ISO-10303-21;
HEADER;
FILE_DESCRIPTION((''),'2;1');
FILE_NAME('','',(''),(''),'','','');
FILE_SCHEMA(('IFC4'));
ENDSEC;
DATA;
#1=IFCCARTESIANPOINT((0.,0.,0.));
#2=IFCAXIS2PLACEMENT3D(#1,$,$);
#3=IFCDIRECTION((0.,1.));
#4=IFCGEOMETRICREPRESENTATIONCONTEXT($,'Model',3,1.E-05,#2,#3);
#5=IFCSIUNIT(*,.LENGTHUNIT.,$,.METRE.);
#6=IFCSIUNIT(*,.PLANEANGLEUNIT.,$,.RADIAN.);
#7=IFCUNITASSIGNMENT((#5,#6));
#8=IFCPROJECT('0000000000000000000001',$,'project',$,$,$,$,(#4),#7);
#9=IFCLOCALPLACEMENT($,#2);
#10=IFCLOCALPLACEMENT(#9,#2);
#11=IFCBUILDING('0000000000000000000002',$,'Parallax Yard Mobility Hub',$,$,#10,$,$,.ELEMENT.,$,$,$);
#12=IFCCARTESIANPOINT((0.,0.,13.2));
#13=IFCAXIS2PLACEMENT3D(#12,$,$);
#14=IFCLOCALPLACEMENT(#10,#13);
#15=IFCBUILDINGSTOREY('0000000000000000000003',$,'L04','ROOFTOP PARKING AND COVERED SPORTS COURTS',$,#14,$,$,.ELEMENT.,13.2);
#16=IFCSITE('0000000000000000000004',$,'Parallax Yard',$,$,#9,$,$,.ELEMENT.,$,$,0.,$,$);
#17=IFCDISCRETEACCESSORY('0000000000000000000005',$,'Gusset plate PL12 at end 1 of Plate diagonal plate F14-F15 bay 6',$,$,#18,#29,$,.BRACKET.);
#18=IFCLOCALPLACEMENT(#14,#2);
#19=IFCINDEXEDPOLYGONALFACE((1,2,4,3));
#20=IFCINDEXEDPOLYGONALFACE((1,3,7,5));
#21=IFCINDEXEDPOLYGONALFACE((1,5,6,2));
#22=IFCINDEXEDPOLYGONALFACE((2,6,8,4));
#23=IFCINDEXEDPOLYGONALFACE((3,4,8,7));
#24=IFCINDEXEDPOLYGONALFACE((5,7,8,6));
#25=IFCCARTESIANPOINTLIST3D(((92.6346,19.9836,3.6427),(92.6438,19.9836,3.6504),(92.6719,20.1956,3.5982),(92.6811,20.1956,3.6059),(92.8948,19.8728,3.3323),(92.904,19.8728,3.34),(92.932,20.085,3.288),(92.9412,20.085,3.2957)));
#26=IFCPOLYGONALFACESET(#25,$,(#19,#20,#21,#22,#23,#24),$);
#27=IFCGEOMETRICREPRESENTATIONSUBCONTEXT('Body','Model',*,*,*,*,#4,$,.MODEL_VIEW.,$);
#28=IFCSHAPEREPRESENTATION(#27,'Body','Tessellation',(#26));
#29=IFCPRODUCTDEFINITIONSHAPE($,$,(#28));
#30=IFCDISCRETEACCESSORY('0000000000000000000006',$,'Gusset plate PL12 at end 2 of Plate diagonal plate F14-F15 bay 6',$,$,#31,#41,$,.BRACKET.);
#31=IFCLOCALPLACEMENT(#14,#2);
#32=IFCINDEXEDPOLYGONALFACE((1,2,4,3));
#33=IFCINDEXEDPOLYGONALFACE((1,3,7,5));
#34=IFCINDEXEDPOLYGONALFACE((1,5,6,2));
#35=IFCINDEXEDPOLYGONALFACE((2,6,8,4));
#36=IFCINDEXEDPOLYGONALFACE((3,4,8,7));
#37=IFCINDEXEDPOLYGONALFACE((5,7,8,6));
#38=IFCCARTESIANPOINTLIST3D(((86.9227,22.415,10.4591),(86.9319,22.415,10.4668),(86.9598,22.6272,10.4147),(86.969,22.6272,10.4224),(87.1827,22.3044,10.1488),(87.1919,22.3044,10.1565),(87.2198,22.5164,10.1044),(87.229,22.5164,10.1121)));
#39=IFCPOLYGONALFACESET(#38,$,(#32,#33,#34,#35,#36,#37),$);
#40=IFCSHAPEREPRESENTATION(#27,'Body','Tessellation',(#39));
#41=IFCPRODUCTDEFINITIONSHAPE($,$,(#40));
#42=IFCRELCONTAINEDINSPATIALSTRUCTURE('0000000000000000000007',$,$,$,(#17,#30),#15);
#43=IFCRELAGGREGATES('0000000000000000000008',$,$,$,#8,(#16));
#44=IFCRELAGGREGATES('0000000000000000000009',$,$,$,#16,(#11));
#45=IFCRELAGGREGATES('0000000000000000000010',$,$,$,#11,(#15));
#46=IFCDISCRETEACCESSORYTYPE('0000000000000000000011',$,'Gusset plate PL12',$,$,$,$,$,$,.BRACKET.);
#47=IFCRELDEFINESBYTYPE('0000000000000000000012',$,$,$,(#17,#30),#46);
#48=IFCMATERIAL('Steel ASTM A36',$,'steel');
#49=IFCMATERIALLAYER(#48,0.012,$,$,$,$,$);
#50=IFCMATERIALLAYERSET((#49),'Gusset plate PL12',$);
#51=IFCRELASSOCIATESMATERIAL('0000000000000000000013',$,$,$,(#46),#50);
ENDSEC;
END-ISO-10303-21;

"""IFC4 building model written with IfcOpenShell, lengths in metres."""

from ifc_helpers import new_model, si_unit, direction, frame, origin, place, context, subcontext, project, spatial, polyline, outline, extrude, material, layer, layer_set, type_object, element, save


model = new_model("IFC4")

# Units and contexts
model_context = context("Model", 3, precision=1e-05, world=origin(), true_north=direction((0.0, 1.0)))
body_context = subcontext(model_context, "Body", "Model", "MODEL_VIEW")
ifc_project = project(units=[si_unit("LENGTHUNIT", "METRE"), si_unit("PLANEANGLEUNIT", "RADIAN")], contexts=[model_context])

# Site, building, storey
site_placement = place(None, origin())
site = spatial("IfcSite", under=ifc_project, at=site_placement, Name="Parallax Yard", CompositionType="ELEMENT", RefElevation=0.0)
building_placement = place(site_placement, origin())
building = spatial("IfcBuilding", under=site, at=building_placement, Name="Parallax Yard Mobility Hub", CompositionType="ELEMENT")
storey_placement = place(building_placement, frame((0.0, 0.0, 13.2)))
storey = spatial("IfcBuildingStorey", under=building, at=storey_placement, Name="L04", Description="ROOFTOP PARKING AND COVERED SPORTS COURTS", CompositionType="ELEMENT", Elevation=13.2)

# Discrete accessories
ifc_material_1 = material(Name="Steel ASTM A36", Category="steel")
ifc_layer = layer(ifc_material_1, 0.012)
ifc_layer_set = layer_set([ifc_layer], Name="Gusset plate PL12")
discrete_accessory_type = type_object("IfcDiscreteAccessoryType", Name="Gusset plate PL12", PredefinedType="BRACKET", material=ifc_layer_set)
discrete_accessory_1_placement = place(storey_placement, frame((92.6438, 19.9836, 3.6504), z_axis=(0.766351, 0.00006, 0.642423), x_axis=(0.619648, -0.263975, -0.739157)))
element("IfcDiscreteAccessory", 1, at=discrete_accessory_1_placement, inside=storey, type_object=discrete_accessory_type, Name="Gusset plate PL12 at end 1 of Plate diagonal plate F14-F15 bay 6", PredefinedType="BRACKET", context=body_context, shape_type="SweptSolid", body=[
    extrude(outline(polyline([(0.0, 0.0), (0.4199, 0.0), (0.4197, 0.2199), (0.0, 0.2197), (0.0, 0.0)])), origin(), (0.0, 0.0, -1.0), 0.012),
])
discrete_accessory_2_placement = place(storey_placement, frame((87.229, 22.5164, 10.1121), z_axis=(0.766561, 0.000412, 0.642172), x_axis=(-0.61946, 0.26407, 0.739281)))
element("IfcDiscreteAccessory", 2, at=discrete_accessory_2_placement, inside=storey, type_object=discrete_accessory_type, Name="Gusset plate PL12 at end 2 of Plate diagonal plate F14-F15 bay 6", PredefinedType="BRACKET", context=body_context, shape_type="SweptSolid", body=[
    extrude(outline(polyline([(0.0, 0.0), (0.4197, 0.0), (0.4195, 0.2199), (-0.0001, 0.2197), (0.0, 0.0)])), origin(), (0.0, 0.0, -1.0), 0.012),
])

save(model, "model.ifc")
